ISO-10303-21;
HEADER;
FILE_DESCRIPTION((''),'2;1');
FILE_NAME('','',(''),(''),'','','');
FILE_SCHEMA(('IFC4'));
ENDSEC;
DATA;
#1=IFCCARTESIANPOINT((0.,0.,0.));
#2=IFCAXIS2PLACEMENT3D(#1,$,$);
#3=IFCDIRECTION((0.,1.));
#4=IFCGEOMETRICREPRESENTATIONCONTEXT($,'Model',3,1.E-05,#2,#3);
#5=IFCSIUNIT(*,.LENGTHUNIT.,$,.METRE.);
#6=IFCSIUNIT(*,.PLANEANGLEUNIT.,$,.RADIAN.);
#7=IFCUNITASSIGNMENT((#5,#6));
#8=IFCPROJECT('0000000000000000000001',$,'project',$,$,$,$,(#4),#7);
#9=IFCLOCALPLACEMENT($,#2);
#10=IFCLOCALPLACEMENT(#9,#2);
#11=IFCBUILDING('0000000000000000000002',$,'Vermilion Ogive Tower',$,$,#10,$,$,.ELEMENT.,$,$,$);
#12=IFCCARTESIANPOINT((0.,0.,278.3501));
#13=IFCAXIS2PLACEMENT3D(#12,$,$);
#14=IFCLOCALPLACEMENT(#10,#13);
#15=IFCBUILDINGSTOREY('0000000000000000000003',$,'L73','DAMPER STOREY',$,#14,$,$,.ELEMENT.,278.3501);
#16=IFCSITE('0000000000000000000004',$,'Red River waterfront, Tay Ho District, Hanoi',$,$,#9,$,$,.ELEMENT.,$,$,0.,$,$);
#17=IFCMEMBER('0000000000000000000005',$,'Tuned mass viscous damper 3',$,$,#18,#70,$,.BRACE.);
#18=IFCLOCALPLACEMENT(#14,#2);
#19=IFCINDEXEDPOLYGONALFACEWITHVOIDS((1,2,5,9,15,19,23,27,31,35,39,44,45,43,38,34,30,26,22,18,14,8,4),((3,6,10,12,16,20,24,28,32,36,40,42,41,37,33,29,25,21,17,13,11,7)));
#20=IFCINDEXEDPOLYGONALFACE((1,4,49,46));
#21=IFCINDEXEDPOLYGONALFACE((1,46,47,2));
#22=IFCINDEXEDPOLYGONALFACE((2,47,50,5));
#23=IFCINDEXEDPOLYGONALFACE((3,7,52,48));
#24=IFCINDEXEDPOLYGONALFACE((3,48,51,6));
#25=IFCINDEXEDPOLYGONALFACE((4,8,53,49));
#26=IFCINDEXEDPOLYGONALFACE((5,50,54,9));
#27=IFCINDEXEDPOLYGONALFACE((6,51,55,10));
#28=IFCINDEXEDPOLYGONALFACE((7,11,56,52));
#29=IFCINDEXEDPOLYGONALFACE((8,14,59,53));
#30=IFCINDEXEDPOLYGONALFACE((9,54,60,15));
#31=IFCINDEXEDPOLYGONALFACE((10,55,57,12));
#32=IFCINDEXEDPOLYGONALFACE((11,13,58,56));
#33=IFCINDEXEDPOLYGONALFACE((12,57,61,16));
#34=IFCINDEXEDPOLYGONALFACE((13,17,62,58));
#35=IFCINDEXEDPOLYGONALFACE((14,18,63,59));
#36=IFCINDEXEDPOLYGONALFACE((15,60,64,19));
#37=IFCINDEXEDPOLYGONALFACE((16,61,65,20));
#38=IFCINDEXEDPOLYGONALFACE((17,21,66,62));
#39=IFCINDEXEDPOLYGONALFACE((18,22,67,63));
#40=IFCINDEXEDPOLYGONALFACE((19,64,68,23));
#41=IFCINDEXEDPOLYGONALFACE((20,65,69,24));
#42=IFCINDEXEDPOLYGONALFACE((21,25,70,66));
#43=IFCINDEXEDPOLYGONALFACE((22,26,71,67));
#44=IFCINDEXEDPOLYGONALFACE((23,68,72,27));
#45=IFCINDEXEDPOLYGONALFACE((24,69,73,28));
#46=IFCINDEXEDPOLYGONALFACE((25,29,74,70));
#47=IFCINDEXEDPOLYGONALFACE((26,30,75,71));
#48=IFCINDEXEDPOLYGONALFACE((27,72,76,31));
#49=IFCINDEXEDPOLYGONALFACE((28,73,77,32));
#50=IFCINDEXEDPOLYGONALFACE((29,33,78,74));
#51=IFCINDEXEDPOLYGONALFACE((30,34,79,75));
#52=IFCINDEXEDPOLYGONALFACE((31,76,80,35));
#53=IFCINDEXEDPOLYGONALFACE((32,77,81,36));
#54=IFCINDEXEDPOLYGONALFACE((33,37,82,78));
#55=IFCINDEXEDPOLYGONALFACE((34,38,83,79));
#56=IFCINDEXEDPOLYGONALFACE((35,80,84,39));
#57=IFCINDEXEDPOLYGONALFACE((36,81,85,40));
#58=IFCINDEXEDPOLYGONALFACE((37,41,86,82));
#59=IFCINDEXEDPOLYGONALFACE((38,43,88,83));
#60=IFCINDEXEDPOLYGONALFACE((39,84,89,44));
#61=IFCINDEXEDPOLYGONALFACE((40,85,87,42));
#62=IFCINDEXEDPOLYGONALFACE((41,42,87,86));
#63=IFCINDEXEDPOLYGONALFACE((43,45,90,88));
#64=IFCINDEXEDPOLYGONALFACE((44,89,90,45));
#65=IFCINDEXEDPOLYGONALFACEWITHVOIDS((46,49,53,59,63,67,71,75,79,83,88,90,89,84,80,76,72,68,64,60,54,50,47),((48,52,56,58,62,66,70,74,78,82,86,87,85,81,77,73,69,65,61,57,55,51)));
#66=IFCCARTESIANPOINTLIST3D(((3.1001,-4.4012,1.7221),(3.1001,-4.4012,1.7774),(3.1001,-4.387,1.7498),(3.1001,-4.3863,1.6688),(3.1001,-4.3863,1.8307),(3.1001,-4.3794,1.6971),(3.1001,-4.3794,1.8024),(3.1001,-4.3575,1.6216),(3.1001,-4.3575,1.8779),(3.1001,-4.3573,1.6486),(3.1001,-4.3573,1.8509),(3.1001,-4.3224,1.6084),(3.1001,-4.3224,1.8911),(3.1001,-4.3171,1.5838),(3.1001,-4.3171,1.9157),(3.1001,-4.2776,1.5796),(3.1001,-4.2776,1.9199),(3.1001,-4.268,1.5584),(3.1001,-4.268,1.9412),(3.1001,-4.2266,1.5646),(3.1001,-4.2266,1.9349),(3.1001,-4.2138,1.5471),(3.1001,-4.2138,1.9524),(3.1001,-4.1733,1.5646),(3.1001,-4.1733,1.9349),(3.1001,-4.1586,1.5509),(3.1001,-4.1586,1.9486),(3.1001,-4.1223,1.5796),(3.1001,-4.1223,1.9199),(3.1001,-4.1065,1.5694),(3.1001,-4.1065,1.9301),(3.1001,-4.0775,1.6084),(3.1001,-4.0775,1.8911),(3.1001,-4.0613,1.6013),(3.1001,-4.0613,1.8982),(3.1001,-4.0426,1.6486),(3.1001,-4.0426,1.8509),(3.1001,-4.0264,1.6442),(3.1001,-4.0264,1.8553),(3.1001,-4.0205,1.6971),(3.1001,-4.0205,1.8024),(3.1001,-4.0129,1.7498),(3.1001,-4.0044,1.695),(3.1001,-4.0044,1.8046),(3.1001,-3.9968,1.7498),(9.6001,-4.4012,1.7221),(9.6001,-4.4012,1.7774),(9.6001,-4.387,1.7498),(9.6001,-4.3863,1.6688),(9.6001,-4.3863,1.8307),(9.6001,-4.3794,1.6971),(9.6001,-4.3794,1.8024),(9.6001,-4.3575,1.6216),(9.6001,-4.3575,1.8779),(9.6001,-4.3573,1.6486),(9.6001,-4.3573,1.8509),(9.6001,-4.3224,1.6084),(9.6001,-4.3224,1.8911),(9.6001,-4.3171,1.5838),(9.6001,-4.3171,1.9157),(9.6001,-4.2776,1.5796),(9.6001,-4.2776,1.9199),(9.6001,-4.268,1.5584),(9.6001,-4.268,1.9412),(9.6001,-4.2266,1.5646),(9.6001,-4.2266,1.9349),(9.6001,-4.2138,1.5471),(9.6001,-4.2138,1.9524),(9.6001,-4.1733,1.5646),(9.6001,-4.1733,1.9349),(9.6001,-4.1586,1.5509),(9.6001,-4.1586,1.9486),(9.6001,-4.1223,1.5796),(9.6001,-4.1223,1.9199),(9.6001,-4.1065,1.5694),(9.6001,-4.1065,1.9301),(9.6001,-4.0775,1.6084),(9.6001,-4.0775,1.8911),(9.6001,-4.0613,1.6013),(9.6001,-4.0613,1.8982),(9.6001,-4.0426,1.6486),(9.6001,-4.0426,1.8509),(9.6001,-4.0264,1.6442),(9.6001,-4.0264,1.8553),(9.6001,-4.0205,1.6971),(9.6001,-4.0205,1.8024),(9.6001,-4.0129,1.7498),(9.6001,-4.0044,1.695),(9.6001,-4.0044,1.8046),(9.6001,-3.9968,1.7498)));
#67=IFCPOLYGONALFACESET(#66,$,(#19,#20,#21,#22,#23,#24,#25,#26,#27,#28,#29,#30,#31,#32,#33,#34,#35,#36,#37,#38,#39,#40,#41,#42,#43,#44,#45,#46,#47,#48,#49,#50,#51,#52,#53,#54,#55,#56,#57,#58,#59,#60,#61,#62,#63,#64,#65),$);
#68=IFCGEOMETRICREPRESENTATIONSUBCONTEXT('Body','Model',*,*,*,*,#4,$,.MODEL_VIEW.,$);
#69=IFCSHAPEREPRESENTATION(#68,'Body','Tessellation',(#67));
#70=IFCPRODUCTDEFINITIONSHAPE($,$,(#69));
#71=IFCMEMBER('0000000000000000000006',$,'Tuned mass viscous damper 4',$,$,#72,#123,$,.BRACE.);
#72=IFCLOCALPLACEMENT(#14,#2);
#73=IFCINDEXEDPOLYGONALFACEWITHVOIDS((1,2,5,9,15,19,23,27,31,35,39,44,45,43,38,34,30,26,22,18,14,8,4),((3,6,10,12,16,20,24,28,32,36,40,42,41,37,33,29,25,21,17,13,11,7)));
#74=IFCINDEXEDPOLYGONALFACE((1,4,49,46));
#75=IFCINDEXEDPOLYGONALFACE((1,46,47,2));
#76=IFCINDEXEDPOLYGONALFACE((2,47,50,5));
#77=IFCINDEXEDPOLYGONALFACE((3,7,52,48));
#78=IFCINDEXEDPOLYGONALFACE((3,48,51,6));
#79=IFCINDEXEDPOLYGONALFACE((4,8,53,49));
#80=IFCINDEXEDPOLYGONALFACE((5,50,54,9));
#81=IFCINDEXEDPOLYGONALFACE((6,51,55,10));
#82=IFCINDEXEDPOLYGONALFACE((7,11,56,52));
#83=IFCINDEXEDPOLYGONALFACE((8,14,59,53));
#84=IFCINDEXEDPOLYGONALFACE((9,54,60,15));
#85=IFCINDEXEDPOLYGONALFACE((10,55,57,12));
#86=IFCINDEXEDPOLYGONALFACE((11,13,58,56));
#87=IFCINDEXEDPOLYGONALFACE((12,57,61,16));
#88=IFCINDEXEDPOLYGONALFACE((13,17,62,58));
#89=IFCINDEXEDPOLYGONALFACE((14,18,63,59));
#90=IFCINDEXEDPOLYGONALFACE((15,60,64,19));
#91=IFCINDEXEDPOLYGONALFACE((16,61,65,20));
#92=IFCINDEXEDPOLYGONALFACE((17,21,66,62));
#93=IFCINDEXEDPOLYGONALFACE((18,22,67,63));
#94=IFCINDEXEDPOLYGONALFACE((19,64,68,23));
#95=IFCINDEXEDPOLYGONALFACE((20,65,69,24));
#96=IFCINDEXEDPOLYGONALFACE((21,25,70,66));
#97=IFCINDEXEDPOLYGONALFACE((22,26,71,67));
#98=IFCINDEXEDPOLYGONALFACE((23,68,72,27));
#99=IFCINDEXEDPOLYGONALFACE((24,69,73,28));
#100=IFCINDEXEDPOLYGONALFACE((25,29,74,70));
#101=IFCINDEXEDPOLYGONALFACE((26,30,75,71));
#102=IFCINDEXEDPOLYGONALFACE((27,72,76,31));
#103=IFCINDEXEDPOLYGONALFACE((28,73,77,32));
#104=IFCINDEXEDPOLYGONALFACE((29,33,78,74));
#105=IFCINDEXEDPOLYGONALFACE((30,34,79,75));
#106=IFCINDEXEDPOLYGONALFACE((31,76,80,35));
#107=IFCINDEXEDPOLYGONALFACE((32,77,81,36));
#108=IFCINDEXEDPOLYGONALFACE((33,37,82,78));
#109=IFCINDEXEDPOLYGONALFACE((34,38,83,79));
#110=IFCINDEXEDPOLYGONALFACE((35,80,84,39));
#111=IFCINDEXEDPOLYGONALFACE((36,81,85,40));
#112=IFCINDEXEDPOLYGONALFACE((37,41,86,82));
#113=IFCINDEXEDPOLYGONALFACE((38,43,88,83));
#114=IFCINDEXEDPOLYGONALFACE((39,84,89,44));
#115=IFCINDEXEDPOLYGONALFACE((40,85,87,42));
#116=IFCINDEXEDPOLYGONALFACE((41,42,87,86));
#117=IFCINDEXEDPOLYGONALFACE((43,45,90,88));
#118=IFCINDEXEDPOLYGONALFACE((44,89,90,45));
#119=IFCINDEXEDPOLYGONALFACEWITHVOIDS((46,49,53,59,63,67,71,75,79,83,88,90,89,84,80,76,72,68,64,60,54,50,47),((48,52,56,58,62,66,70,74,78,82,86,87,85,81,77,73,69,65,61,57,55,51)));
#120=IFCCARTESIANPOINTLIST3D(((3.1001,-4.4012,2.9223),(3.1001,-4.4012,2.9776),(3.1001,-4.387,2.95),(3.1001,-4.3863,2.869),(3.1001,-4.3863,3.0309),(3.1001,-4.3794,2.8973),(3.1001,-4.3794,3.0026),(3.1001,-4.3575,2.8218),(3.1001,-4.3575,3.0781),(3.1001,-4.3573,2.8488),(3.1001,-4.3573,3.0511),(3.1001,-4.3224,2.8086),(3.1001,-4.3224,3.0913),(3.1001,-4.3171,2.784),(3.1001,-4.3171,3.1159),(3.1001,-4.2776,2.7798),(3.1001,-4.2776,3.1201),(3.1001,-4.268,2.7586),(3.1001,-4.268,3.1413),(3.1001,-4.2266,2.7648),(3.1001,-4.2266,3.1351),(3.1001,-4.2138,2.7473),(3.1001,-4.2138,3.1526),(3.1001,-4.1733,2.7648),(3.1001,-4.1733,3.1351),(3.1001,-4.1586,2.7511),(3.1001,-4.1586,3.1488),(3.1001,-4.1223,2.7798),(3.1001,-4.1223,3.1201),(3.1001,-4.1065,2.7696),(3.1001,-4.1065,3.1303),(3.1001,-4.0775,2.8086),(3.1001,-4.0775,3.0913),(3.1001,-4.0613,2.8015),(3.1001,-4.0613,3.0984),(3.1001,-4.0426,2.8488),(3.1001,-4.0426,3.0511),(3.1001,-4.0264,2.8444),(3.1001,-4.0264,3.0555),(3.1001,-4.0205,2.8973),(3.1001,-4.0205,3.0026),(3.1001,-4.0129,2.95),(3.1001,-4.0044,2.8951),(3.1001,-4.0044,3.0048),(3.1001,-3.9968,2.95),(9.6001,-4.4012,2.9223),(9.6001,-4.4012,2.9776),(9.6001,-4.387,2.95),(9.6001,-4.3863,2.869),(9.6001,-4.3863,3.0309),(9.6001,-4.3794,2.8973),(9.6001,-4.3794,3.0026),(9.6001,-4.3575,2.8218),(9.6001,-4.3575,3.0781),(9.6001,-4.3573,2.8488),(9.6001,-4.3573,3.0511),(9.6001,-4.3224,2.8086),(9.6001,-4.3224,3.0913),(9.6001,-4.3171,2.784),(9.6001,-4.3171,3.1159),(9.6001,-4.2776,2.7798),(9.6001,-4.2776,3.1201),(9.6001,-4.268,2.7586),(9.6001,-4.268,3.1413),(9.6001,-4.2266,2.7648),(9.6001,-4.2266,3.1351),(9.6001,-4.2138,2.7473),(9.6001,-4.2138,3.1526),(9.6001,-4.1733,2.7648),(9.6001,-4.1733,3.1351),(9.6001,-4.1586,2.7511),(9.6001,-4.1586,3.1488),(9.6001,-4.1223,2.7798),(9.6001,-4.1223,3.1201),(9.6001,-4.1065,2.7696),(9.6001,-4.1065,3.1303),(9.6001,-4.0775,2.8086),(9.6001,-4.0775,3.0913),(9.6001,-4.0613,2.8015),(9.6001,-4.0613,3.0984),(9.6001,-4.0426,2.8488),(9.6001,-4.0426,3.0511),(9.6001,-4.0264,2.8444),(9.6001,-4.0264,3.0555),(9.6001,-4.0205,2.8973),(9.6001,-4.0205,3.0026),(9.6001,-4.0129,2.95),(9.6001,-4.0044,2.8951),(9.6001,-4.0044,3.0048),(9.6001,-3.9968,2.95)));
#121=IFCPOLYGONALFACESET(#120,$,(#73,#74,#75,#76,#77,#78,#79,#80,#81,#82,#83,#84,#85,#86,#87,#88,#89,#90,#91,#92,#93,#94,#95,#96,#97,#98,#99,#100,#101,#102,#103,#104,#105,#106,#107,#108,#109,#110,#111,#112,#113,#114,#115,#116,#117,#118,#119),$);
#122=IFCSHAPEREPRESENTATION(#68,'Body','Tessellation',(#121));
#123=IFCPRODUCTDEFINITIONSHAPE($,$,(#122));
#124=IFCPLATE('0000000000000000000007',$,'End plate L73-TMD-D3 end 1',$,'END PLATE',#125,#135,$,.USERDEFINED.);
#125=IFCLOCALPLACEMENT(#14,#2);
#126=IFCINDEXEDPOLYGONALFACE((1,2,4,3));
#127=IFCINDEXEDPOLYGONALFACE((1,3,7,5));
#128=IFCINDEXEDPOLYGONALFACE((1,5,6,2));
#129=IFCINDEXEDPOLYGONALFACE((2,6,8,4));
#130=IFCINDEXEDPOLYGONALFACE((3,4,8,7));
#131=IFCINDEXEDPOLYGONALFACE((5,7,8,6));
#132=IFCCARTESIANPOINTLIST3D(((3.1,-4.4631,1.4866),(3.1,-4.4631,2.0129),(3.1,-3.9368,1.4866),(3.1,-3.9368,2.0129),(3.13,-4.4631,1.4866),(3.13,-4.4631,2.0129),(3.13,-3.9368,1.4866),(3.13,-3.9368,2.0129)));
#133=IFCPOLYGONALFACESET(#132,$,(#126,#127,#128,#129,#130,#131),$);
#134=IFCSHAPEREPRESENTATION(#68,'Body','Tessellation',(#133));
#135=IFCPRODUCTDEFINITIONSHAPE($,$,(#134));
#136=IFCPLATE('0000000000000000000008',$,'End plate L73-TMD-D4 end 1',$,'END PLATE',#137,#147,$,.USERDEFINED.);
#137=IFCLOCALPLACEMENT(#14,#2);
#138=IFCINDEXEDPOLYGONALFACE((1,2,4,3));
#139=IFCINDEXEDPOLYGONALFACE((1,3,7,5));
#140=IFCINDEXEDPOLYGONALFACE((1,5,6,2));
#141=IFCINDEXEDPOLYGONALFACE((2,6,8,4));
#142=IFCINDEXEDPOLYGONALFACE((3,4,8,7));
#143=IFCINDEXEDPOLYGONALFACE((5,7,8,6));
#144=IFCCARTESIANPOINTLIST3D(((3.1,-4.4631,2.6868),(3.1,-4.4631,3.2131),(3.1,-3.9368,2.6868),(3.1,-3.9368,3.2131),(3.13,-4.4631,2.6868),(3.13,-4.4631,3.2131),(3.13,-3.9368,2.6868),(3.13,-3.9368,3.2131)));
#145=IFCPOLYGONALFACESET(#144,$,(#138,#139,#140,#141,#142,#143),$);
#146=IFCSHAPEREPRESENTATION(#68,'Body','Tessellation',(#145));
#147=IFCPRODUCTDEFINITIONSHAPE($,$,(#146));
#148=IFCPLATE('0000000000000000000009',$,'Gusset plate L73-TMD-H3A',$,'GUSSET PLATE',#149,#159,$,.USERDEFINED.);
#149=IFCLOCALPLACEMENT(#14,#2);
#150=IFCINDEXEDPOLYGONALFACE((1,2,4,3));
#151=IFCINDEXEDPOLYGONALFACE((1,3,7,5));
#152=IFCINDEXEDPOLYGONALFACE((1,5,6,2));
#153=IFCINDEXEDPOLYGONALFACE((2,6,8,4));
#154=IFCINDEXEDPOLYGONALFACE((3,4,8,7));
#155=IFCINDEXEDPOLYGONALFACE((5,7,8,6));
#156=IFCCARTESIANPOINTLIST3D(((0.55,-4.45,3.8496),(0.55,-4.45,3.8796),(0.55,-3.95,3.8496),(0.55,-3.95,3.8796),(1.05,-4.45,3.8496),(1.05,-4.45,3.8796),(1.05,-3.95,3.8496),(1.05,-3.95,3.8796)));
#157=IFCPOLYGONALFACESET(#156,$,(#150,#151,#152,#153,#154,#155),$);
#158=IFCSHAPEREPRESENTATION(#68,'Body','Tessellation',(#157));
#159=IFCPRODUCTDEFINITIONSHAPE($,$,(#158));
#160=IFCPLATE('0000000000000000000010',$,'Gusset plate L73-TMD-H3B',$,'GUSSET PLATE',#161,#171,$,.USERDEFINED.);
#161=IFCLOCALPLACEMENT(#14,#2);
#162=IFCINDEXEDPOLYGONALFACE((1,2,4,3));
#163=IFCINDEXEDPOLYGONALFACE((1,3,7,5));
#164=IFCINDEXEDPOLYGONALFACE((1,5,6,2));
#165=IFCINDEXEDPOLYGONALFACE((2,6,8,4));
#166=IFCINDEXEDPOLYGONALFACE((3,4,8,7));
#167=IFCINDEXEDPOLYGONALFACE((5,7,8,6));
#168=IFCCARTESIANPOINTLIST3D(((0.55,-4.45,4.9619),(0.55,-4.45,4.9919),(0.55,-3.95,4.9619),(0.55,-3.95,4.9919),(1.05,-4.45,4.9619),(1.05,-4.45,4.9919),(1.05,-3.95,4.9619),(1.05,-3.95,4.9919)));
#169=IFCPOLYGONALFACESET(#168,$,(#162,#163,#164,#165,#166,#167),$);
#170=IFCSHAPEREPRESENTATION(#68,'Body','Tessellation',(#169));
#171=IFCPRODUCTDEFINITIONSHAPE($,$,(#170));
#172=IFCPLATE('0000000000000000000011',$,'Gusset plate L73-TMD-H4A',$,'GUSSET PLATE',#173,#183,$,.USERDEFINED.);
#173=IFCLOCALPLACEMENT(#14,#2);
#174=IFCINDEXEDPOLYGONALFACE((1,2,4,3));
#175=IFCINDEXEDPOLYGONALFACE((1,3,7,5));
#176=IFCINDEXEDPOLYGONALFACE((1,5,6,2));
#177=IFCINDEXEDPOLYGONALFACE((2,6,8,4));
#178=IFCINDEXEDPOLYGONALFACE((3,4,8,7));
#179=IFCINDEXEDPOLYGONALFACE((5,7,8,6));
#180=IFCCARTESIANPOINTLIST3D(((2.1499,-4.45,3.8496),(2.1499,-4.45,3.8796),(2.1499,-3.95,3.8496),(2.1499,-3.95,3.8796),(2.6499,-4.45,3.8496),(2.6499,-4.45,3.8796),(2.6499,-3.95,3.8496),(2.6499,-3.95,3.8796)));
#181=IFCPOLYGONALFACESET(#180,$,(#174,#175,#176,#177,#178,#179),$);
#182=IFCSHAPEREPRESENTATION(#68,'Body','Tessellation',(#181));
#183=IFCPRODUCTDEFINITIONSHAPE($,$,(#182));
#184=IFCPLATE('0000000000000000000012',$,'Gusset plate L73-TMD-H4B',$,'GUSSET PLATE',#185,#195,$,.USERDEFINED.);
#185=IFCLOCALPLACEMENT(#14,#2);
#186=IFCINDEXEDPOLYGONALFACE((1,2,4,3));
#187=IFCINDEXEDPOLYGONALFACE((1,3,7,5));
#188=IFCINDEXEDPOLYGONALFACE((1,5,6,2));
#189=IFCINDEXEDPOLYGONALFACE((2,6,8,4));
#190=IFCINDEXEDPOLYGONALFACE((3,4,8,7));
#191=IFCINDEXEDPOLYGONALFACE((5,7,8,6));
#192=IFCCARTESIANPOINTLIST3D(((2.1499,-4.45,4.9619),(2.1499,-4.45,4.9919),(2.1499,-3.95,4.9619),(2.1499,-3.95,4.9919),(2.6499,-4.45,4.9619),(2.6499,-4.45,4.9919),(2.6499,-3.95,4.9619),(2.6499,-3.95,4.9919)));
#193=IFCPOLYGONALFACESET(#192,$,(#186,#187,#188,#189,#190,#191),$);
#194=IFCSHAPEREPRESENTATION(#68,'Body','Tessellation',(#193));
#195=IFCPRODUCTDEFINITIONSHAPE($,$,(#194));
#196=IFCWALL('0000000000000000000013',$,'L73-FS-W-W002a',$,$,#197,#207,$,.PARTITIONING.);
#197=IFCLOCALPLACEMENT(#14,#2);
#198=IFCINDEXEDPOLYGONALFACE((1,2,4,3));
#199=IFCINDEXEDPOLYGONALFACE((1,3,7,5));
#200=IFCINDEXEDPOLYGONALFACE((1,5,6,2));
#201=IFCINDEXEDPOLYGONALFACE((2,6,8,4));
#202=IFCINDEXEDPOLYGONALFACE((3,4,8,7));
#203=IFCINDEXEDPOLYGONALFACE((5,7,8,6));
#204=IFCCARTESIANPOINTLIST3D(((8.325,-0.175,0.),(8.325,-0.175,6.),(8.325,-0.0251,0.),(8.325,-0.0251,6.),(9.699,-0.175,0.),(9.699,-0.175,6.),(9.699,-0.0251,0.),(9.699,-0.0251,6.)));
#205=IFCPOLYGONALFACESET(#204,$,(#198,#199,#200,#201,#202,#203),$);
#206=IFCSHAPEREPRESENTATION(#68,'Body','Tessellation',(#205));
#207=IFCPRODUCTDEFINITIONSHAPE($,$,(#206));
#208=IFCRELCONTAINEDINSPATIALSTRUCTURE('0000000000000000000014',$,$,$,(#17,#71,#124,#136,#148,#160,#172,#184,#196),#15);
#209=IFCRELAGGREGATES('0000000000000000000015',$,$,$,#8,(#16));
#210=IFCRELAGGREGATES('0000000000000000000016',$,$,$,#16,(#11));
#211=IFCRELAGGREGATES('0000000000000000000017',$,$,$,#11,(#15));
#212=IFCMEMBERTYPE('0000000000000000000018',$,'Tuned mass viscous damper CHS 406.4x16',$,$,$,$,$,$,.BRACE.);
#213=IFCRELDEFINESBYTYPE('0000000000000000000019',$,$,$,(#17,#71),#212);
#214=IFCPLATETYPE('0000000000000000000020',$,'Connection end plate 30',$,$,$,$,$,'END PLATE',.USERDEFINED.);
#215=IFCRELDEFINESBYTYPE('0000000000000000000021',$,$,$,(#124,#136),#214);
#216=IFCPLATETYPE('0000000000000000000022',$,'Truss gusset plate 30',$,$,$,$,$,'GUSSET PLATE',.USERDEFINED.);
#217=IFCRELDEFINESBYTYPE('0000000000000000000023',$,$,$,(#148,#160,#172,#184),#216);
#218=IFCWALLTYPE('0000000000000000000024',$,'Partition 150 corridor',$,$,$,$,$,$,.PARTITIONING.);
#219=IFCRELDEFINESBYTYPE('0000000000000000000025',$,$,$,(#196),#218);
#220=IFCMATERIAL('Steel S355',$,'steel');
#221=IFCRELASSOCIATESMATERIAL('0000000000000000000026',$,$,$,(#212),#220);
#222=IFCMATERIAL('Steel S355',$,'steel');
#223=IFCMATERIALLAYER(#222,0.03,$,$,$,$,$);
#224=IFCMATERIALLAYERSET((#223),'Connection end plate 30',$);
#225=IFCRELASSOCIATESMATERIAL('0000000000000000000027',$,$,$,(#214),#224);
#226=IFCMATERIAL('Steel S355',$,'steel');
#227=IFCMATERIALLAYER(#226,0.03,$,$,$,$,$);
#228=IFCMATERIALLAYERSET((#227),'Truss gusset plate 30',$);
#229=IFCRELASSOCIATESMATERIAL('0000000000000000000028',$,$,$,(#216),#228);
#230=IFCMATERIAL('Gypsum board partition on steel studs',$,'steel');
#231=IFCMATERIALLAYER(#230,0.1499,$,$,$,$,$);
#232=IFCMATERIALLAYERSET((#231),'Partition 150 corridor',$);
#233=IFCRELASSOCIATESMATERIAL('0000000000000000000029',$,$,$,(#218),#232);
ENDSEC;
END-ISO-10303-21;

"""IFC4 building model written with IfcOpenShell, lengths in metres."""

from ifc_helpers import new_model, si_unit, direction, frame, frame_2d, origin, origin_2d, place, context, subcontext, project, spatial, rectangle, hollow_circle, extrude, material, layer, layer_set, material_profile, profile_set, type_object, element, save


model = new_model("IFC4")

# Units and contexts
model_context = context("Model", 3, precision=1e-05, world=origin(), true_north=direction((0.0, 1.0)))
body_context = subcontext(model_context, "Body", "Model", "MODEL_VIEW")
ifc_project = project(units=[si_unit("LENGTHUNIT", "METRE"), si_unit("PLANEANGLEUNIT", "RADIAN")], contexts=[model_context])

# Site, building, storey
site_placement = place(None, origin())
site = spatial("IfcSite", under=ifc_project, at=site_placement, Name="Red River waterfront, Tay Ho District, Hanoi", CompositionType="ELEMENT", RefElevation=0.0)
building_placement = place(site_placement, origin())
building = spatial("IfcBuilding", under=site, at=building_placement, Name="Vermilion Ogive Tower", CompositionType="ELEMENT")
storey_placement = place(building_placement, frame((0.0, 0.0, 278.3501)))
storey = spatial("IfcBuildingStorey", under=building, at=storey_placement, Name="L73", Description="DAMPER STOREY", CompositionType="ELEMENT", Elevation=278.3501)

# Members
ifc_material_1 = material(Name="Steel S355", Category="steel")
ifc_material_profile_1 = material_profile(ifc_material_1, hollow_circle(Radius=0.2031, WallThickness=0.0161, at=origin_2d()), Name="CHS 406.4x16")
ifc_profile_set_1 = profile_set([ifc_material_profile_1], Name="Steel S355")
member_type_1 = type_object("IfcMemberType", Name="Tuned mass viscous damper CHS 406.4x16", PredefinedType="BRACE", material=ifc_profile_set_1)
for number, where, z_axis, x_axis, name in (
    (1, (3.1001, -4.2, 1.7498), (1.0, 0.0, 0.0), (0.0, 1.0, 0.0), "Tuned mass viscous damper 3"),
    (2, (3.1001, -4.2, 2.95), (1.0, 0.0, 0.0), (0.0, 1.0, 0.0), "Tuned mass viscous damper 4"),
):
    element("IfcMember", number, at=place(storey_placement, frame(where, z_axis=z_axis, x_axis=x_axis)), inside=storey, type_object=member_type_1, Name=name, PredefinedType="BRACE", context=body_context, shape_type="SweptSolid", body=[
        extrude(hollow_circle(Radius=0.2031, WallThickness=0.0161, at=origin_2d()), origin(), (0.0, 0.0, 1.0), 6.5),
    ])

# Plates
ifc_material_2 = material(Name="Steel S355", Category="steel")
ifc_layer_1 = layer(ifc_material_2, 0.03)
ifc_layer_set_1 = layer_set([ifc_layer_1], Name="Connection end plate 30")
plate_type_1 = type_object("IfcPlateType", Name="Connection end plate 30", ElementType="END PLATE", PredefinedType="USERDEFINED", material=ifc_layer_set_1)
for number, where, z_axis, x_axis, name in (
    (3, (3.115, -4.2, 1.4866), (0.0, 0.0, 1.0), (1.0, 0.0, 0.0), "End plate L73-TMD-D3 end 1"),
    (4, (3.115, -4.2, 2.6868), (0.0, 0.0, 1.0), (1.0, 0.0, 0.0), "End plate L73-TMD-D4 end 1"),
):
    element("IfcPlate", number, at=place(storey_placement, frame(where, z_axis=z_axis, x_axis=x_axis)), inside=storey, type_object=plate_type_1, Name=name, ObjectType="END PLATE", PredefinedType="USERDEFINED", context=body_context, shape_type="SweptSolid", body=[
        extrude(rectangle(XDim=0.03, YDim=0.5264, at=origin_2d()), origin(), (0.0, 0.0, 1.0), 0.5264),
    ])
ifc_material_3 = material(Name="Steel S355", Category="steel")
ifc_layer_2 = layer(ifc_material_3, 0.03)
ifc_layer_set_2 = layer_set([ifc_layer_2], Name="Truss gusset plate 30")
plate_type_2 = type_object("IfcPlateType", Name="Truss gusset plate 30", ElementType="GUSSET PLATE", PredefinedType="USERDEFINED", material=ifc_layer_set_2)
for number, where, z_axis, x_axis, name in (
    (5, (0.8, -4.2, 3.8496), (0.0, 0.0, 1.0), (1.0, 0.0, 0.0), "Gusset plate L73-TMD-H3A"),
    (6, (0.8, -4.2, 4.9619), (0.0, 0.0, 1.0), (1.0, 0.0, 0.0), "Gusset plate L73-TMD-H3B"),
    (7, (2.3999, -4.2, 3.8496), (0.0, 0.0, 1.0), (1.0, 0.0, 0.0), "Gusset plate L73-TMD-H4A"),
    (8, (2.3999, -4.2, 4.9619), (0.0, 0.0, 1.0), (1.0, 0.0, 0.0), "Gusset plate L73-TMD-H4B"),
):
    element("IfcPlate", number, at=place(storey_placement, frame(where, z_axis=z_axis, x_axis=x_axis)), inside=storey, type_object=plate_type_2, Name=name, ObjectType="GUSSET PLATE", PredefinedType="USERDEFINED", context=body_context, shape_type="SweptSolid", body=[
        extrude(rectangle(XDim=0.5, YDim=0.5, at=origin_2d()), origin(), (0.0, 0.0, 1.0), 0.03),
    ])

# Wall
ifc_material_4 = material(Name="Gypsum board partition on steel studs", Category="steel")
ifc_layer_3 = layer(ifc_material_4, 0.1499)
ifc_layer_set_3 = layer_set([ifc_layer_3], Name="Partition 150 corridor")
wall_type_1 = type_object("IfcWallType", Name="Partition 150 corridor", PredefinedType="PARTITIONING", material=ifc_layer_set_3)
wall_1_placement = place(storey_placement, frame((8.325, -0.1001, 0.0), z_axis=(0.0, 0.0, 1.0), x_axis=(1.0, 0.0, 0.0)))
element("IfcWall", 9, at=wall_1_placement, inside=storey, type_object=wall_type_1, Name="L73-FS-W-W002a", PredefinedType="PARTITIONING", context=body_context, shape_type="SweptSolid", body=[
    extrude(rectangle(XDim=1.374, YDim=0.1499, at=frame_2d((0.687, 0.0))), origin(), (0.0, 0.0, 1.0), 6.0),
])

save(model, "model.ifc")
